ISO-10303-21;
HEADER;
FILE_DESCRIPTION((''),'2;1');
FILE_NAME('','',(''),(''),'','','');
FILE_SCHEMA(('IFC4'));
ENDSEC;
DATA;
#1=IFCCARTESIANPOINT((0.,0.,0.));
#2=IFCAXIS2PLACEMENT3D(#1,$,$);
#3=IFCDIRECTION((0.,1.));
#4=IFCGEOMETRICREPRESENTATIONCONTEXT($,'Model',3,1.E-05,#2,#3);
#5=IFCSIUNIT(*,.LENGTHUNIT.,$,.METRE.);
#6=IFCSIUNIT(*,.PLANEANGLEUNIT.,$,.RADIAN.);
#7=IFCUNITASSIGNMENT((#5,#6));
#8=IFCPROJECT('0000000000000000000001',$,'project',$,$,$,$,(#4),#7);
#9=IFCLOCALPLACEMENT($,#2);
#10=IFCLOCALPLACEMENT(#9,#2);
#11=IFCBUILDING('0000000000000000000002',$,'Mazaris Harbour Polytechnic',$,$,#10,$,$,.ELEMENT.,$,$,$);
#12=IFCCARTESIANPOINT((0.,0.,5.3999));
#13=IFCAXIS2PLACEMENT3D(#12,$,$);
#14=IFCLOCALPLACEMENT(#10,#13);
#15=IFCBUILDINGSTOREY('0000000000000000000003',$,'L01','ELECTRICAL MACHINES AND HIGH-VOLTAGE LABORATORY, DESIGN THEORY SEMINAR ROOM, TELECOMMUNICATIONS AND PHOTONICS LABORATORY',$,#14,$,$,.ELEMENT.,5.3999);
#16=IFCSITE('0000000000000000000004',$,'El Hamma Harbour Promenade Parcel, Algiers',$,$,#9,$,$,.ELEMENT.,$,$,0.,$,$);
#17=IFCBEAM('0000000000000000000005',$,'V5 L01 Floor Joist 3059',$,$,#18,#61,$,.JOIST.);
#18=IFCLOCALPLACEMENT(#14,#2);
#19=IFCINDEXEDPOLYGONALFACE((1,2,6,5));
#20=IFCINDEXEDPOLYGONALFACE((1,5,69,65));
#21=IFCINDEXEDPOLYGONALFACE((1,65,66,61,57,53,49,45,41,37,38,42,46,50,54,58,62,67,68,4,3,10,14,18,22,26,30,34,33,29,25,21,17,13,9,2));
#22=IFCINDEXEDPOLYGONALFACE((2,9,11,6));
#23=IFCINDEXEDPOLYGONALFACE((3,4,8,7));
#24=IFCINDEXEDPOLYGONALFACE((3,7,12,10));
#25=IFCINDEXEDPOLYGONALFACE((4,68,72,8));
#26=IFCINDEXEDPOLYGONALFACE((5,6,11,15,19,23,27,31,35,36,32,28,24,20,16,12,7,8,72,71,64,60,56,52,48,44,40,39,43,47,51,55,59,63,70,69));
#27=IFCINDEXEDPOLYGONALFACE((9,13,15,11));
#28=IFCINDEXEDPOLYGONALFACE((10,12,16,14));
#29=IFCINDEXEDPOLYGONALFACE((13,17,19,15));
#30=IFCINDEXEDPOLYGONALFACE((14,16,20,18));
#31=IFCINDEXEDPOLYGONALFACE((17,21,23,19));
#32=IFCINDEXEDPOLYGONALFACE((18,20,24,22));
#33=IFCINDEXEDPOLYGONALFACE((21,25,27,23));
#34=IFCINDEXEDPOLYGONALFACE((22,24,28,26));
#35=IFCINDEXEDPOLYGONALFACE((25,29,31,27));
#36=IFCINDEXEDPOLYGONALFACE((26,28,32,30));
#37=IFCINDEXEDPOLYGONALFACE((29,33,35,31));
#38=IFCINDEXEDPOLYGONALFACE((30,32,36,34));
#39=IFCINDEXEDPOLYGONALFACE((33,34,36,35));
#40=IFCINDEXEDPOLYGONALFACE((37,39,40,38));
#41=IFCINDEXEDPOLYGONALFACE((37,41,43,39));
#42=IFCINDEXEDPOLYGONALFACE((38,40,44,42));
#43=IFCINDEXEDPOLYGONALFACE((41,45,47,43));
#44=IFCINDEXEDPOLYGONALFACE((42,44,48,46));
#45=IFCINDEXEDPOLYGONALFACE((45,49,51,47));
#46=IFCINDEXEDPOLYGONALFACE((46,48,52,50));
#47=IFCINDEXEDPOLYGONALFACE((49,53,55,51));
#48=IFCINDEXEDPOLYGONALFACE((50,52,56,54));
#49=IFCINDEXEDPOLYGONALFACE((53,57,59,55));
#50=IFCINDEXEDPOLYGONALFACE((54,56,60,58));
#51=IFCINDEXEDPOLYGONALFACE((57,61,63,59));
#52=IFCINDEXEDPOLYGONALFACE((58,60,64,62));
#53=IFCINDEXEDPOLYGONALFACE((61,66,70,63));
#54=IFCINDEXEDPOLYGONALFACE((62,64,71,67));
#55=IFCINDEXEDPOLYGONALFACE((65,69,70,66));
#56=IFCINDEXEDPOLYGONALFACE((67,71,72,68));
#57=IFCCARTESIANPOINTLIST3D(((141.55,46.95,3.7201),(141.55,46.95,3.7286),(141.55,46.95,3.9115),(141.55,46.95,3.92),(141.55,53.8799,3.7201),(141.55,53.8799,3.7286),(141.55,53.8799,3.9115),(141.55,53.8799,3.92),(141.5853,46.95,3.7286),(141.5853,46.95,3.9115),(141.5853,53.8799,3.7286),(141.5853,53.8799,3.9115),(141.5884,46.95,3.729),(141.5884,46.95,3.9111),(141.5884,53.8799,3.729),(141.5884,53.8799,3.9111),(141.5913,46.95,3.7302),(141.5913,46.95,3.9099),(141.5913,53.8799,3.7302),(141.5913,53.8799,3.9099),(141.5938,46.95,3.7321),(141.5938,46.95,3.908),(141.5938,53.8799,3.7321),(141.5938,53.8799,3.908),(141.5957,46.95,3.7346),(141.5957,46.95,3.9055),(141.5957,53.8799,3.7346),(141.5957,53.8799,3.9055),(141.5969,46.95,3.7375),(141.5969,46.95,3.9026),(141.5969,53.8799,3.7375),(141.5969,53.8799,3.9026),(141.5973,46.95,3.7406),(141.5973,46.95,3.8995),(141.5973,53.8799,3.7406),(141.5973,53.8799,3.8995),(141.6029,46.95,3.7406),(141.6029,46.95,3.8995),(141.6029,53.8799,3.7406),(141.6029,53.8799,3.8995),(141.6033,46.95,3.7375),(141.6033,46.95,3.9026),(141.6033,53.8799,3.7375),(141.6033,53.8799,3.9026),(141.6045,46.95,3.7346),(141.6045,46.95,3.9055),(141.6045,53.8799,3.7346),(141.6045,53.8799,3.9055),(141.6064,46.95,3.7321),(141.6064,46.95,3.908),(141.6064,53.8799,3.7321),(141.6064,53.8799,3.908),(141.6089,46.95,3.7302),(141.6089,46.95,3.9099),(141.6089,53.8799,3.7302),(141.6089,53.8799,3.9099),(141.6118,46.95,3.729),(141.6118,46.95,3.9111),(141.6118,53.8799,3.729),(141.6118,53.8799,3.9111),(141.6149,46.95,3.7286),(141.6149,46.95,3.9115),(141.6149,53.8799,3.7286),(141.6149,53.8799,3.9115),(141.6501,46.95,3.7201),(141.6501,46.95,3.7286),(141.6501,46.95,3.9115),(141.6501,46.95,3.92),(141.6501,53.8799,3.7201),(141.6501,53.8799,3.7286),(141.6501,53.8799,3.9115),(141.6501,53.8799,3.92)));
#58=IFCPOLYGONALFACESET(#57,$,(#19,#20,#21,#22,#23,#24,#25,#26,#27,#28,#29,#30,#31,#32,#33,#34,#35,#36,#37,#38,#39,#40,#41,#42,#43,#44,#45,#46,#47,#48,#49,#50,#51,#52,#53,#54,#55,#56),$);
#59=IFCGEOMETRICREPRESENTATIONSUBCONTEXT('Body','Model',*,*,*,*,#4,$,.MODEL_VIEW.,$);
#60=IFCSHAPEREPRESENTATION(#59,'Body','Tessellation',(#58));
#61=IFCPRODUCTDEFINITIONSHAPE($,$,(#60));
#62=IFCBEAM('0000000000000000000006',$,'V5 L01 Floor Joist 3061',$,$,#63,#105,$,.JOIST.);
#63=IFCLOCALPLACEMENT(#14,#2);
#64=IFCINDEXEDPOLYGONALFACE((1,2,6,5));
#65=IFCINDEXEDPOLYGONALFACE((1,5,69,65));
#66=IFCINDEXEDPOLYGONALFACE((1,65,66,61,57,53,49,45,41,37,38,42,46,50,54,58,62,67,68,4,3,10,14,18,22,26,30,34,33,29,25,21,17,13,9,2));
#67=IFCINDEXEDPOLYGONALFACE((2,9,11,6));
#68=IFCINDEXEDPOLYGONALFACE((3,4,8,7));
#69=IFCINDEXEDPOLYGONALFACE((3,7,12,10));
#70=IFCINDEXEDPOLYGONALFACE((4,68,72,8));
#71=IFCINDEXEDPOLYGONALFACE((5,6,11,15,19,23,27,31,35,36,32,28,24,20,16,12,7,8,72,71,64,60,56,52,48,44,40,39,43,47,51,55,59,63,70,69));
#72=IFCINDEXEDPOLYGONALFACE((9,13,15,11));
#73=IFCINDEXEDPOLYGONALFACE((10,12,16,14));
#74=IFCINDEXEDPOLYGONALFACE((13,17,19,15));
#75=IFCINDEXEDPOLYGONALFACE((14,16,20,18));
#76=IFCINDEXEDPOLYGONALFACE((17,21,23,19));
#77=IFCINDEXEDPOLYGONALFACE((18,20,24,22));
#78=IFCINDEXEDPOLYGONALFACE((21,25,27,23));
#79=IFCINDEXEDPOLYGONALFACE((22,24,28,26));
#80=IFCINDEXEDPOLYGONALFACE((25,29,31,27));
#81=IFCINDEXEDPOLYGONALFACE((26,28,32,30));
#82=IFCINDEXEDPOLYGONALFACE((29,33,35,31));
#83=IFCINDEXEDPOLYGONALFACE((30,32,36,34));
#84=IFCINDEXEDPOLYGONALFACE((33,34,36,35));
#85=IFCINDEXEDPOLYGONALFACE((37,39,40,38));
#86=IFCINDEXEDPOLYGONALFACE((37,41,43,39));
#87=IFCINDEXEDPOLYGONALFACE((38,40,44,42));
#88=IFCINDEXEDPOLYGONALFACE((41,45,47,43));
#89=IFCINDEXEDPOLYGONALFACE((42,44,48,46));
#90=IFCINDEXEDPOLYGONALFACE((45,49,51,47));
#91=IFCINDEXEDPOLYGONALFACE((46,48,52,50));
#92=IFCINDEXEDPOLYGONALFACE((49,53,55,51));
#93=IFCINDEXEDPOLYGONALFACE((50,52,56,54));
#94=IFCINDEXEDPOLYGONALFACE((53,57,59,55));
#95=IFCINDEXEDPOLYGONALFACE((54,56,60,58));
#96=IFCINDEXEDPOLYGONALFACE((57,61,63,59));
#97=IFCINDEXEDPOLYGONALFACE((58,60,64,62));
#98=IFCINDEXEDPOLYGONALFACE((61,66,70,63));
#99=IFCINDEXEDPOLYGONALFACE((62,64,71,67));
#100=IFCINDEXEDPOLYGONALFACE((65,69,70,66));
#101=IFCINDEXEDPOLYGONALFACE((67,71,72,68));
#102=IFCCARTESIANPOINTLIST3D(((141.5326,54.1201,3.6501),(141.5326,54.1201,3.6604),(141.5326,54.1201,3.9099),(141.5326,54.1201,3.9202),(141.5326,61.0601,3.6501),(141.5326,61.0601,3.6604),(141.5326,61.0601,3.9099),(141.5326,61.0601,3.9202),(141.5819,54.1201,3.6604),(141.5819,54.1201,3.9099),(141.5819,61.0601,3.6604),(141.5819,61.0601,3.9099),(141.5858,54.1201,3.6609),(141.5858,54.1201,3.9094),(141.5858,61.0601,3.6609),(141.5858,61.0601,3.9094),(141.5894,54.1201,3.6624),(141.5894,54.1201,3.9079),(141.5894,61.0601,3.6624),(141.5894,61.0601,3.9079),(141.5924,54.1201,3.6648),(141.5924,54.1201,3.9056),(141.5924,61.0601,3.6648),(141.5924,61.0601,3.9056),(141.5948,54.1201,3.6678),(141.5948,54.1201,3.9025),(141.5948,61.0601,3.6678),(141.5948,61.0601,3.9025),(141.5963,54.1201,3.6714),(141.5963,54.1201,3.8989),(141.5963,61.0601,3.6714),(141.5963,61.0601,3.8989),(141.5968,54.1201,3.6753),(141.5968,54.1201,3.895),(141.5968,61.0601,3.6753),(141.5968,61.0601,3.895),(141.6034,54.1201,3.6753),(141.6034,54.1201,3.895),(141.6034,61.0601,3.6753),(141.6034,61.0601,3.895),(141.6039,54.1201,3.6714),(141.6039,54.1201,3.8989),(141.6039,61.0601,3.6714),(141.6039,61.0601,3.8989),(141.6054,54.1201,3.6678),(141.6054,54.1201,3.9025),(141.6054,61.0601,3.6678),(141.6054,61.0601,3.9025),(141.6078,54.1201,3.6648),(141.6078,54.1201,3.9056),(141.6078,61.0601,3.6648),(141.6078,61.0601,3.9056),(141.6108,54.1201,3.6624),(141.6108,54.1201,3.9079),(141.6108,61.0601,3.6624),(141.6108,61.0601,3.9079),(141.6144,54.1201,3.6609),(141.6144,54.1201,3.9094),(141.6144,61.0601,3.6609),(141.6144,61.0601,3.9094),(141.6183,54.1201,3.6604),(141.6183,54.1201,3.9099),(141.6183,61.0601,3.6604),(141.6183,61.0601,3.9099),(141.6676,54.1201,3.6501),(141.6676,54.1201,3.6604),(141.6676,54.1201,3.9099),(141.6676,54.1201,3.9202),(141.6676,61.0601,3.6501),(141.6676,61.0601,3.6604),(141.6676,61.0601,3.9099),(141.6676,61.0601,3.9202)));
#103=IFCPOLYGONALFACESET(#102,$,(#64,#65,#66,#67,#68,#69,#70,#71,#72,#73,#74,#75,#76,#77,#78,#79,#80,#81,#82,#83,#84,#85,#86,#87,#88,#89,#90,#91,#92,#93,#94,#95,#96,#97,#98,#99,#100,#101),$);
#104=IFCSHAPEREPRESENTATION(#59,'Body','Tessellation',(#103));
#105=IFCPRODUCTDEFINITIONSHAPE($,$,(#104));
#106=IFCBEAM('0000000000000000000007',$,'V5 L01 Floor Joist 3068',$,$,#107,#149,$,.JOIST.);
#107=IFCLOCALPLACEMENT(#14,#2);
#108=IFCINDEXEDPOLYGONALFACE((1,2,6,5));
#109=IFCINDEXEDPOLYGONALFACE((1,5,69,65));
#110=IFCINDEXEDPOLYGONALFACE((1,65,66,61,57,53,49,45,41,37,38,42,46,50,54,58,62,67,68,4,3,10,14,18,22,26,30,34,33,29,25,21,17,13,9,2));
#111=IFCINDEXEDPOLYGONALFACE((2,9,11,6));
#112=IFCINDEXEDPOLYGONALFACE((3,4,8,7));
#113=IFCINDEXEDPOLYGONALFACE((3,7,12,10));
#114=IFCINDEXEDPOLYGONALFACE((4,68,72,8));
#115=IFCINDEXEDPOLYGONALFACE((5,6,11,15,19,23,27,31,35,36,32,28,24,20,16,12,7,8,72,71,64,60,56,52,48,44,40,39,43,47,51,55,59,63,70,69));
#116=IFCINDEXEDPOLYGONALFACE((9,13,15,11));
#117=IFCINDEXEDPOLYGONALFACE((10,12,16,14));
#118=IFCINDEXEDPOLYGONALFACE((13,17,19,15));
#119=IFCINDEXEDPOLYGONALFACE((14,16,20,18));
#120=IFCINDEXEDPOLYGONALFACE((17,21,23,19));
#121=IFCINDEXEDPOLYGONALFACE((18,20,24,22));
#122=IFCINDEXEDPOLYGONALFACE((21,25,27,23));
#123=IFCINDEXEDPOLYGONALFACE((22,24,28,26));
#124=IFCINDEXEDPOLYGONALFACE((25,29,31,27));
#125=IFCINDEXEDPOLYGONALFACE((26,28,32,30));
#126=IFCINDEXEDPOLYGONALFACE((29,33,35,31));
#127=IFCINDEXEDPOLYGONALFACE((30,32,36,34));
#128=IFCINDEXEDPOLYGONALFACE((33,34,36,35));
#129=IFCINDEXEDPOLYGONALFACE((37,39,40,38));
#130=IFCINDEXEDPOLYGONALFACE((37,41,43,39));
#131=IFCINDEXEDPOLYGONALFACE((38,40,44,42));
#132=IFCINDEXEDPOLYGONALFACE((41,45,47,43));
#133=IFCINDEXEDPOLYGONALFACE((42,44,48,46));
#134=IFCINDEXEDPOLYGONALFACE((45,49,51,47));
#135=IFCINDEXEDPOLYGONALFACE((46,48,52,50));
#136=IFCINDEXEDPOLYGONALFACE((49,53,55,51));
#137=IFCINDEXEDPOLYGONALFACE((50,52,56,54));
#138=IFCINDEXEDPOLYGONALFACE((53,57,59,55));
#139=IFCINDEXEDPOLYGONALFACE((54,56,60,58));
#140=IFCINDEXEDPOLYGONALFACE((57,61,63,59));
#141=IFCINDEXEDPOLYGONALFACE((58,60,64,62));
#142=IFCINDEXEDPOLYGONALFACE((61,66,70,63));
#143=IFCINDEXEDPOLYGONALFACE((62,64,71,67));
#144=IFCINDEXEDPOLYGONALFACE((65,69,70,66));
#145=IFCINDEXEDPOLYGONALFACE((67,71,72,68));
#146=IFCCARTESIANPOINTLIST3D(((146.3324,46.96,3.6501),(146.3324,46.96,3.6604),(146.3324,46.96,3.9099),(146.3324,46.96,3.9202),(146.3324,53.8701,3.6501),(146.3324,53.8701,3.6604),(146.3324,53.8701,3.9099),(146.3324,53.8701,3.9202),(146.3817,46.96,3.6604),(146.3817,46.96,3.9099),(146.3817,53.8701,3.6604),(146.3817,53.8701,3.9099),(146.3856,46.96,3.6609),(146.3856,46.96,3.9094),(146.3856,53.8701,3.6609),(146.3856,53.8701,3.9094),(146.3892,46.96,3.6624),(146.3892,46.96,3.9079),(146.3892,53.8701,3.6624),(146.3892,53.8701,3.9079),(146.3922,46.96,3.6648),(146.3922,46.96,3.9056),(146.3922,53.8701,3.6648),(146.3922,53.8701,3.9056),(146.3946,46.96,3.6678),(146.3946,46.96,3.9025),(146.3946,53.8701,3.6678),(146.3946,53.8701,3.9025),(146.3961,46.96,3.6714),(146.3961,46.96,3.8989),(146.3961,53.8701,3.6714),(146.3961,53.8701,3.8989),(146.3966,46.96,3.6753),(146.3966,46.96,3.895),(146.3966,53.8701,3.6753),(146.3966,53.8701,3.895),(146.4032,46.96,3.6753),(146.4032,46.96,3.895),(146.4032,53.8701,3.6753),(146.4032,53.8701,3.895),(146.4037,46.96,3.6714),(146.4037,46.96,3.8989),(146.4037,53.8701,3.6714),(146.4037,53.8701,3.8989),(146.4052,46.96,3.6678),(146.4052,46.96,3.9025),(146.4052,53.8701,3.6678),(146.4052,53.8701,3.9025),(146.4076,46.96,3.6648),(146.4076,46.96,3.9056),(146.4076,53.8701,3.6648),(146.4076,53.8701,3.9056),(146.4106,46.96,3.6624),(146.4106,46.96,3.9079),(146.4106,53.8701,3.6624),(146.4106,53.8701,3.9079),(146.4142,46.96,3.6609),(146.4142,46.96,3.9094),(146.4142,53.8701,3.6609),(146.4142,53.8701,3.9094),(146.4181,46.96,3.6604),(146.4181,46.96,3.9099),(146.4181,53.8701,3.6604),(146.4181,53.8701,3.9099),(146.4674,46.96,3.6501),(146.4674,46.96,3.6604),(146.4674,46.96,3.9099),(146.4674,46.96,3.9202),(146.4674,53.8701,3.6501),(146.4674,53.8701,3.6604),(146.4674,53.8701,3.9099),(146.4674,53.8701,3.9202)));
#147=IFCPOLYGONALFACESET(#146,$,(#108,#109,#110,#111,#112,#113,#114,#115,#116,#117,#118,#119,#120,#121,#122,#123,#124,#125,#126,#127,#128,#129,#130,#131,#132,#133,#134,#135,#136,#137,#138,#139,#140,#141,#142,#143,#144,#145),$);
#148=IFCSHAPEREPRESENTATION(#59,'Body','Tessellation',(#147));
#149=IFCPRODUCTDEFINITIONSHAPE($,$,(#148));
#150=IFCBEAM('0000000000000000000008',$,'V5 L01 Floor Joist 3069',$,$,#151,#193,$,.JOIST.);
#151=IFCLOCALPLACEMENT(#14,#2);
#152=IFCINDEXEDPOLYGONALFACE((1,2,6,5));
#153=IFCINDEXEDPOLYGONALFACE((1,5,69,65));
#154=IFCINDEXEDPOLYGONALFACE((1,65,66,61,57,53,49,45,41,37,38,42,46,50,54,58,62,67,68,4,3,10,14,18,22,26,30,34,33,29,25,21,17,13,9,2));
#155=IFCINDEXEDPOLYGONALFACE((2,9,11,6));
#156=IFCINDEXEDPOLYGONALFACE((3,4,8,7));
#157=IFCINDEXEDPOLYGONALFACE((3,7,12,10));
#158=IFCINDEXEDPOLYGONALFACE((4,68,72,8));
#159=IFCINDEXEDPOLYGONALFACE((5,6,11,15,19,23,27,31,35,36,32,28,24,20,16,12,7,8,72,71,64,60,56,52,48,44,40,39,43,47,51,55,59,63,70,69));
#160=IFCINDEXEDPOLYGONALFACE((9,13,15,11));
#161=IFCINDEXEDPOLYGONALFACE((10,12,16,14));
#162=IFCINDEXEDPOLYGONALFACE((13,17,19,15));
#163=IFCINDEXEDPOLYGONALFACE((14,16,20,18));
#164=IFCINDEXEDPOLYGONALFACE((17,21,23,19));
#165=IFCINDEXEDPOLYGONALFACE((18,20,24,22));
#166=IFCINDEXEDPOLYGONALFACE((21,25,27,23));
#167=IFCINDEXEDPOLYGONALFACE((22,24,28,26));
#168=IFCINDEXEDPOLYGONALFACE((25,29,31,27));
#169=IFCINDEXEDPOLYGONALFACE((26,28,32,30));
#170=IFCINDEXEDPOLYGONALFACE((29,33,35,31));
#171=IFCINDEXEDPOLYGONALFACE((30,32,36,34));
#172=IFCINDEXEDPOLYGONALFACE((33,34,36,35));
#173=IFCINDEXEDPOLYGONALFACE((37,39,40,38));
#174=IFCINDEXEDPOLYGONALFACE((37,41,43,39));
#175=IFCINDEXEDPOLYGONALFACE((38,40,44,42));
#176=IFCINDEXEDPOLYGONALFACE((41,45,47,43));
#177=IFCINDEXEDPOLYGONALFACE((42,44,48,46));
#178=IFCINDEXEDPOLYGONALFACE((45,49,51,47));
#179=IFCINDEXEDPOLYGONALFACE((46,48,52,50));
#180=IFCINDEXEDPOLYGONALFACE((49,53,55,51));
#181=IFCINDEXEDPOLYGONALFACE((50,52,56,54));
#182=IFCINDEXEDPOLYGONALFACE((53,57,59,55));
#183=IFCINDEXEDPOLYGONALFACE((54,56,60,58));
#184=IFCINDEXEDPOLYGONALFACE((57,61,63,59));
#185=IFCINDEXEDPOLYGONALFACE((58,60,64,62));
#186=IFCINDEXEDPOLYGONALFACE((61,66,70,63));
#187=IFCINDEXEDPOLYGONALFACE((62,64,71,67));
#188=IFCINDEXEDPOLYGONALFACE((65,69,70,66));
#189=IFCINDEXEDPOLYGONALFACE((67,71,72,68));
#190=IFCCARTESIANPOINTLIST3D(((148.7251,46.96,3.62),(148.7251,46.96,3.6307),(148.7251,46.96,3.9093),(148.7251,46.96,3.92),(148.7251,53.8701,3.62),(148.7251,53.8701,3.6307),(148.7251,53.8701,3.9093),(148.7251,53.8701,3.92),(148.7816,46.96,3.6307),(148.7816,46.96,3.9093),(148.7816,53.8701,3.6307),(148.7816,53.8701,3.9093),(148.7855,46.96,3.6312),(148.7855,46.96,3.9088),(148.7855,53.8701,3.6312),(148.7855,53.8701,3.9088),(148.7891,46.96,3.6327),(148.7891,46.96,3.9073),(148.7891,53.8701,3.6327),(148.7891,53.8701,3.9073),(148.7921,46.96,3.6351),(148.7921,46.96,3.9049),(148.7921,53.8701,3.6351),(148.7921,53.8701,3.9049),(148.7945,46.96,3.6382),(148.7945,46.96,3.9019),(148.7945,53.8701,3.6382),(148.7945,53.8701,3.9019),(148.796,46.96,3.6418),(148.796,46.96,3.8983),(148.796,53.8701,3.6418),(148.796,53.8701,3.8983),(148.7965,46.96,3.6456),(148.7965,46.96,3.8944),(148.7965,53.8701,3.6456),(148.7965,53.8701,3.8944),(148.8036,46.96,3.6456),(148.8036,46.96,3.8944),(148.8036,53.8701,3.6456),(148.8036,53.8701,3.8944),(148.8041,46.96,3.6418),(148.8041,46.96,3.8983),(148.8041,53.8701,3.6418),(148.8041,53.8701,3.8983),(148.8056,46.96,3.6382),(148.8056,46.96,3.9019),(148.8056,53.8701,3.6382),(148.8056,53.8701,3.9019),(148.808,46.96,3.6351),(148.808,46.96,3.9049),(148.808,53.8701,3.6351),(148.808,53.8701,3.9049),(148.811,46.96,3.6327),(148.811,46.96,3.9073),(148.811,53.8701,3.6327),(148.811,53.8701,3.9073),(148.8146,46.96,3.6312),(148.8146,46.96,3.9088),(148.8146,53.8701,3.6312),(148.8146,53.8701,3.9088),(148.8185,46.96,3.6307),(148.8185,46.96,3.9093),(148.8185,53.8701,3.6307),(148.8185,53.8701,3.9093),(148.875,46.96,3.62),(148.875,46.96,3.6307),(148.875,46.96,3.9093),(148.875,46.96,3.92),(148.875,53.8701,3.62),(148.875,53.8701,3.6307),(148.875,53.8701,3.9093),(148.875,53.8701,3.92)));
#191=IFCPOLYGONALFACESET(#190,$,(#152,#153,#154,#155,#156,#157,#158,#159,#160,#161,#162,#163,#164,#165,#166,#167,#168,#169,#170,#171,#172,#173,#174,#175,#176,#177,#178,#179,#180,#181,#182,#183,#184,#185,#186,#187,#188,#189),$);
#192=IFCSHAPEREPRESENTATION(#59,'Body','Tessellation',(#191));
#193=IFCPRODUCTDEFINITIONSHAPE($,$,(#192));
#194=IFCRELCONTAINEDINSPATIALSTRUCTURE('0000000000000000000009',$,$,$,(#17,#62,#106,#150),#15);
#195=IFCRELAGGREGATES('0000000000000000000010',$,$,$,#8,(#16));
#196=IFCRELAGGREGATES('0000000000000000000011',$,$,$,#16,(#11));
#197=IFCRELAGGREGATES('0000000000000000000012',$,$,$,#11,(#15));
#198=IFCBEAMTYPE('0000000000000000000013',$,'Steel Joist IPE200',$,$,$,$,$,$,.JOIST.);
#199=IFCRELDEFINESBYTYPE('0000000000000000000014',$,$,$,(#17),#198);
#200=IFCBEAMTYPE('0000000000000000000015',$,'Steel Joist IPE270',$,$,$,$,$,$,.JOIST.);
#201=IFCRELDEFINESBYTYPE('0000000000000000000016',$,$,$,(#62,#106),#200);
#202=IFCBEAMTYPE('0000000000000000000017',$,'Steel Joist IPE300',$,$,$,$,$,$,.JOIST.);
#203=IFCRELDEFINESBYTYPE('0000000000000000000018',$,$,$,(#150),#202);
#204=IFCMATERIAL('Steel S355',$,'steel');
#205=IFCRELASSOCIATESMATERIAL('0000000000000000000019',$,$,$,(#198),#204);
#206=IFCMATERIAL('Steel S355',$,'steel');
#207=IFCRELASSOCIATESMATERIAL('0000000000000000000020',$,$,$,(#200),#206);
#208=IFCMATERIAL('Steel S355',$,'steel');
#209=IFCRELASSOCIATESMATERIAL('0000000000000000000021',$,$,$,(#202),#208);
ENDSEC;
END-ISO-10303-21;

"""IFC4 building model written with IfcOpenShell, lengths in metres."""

from ifc_helpers import new_model, si_unit, direction, frame, origin, origin_2d, place, context, subcontext, project, spatial, i_section, extrude, material, material_profile, profile_set, type_object, element, save


model = new_model("IFC4")

# Units and contexts
model_context = context("Model", 3, precision=1e-05, world=origin(), true_north=direction((0.0, 1.0)))
body_context = subcontext(model_context, "Body", "Model", "MODEL_VIEW")
ifc_project = project(units=[si_unit("LENGTHUNIT", "METRE"), si_unit("PLANEANGLEUNIT", "RADIAN")], contexts=[model_context])

# Site, building, storey
site_placement = place(None, origin())
site = spatial("IfcSite", under=ifc_project, at=site_placement, Name="El Hamma Harbour Promenade Parcel, Algiers", CompositionType="ELEMENT", RefElevation=0.0)
building_placement = place(site_placement, origin())
building = spatial("IfcBuilding", under=site, at=building_placement, Name="Mazaris Harbour Polytechnic", CompositionType="ELEMENT")
storey_placement = place(building_placement, frame((0.0, 0.0, 5.3999)))
storey = spatial("IfcBuildingStorey", under=building, at=storey_placement, Name="L01", Description="ELECTRICAL MACHINES AND HIGH-VOLTAGE LABORATORY, DESIGN THEORY SEMINAR ROOM, TELECOMMUNICATIONS AND PHOTONICS LABORATORY", CompositionType="ELEMENT", Elevation=5.3999)

# Beams
ifc_material_1 = material(Name="Steel S355", Category="steel")
ifc_material_profile_1 = material_profile(ifc_material_1, i_section(OverallWidth=0.1001, OverallDepth=0.2, WebThickness=0.0056, FlangeThickness=0.0085, FilletRadius=0.012, at=origin_2d()), Name="IPE 200")
ifc_profile_set_1 = profile_set([ifc_material_profile_1], Name="Steel S355")
beam_type_1 = type_object("IfcBeamType", Name="Steel Joist IPE200", PredefinedType="JOIST", material=ifc_profile_set_1)
beam_1_placement = place(storey_placement, frame((141.6001, 46.95, 3.8201), z_axis=(0.0, 1.0, 0.0), x_axis=(-1.0, 0.0, 0.0)))
element("IfcBeam", 1, at=beam_1_placement, inside=storey, type_object=beam_type_1, Name="V5 L01 Floor Joist 3059", PredefinedType="JOIST", context=body_context, shape_type="SweptSolid", body=[
    extrude(i_section(OverallWidth=0.1001, OverallDepth=0.2, WebThickness=0.0056, FlangeThickness=0.0085, FilletRadius=0.012, at=origin_2d()), origin(), (0.0, 0.0, 1.0), 6.9299),
])
ifc_material_2 = material(Name="Steel S355", Category="steel")
ifc_material_profile_2 = material_profile(ifc_material_2, i_section(OverallWidth=0.135, OverallDepth=0.27, WebThickness=0.0066, FlangeThickness=0.0103, FilletRadius=0.0149, at=origin_2d()), Name="IPE 270")
ifc_profile_set_2 = profile_set([ifc_material_profile_2], Name="Steel S355")
beam_type_2 = type_object("IfcBeamType", Name="Steel Joist IPE270", PredefinedType="JOIST", material=ifc_profile_set_2)
beam_2_placement = place(storey_placement, frame((141.6001, 54.1201, 3.7852), z_axis=(0.0, 1.0, 0.0), x_axis=(-1.0, 0.0, 0.0)))
element("IfcBeam", 2, at=beam_2_placement, inside=storey, type_object=beam_type_2, Name="V5 L01 Floor Joist 3061", PredefinedType="JOIST", context=body_context, shape_type="SweptSolid", body=[
    extrude(i_section(OverallWidth=0.135, OverallDepth=0.27, WebThickness=0.0066, FlangeThickness=0.0103, FilletRadius=0.0149, at=origin_2d()), origin(), (0.0, 0.0, 1.0), 6.9399),
])
beam_3_placement = place(storey_placement, frame((146.3999, 46.96, 3.7852), z_axis=(0.0, 1.0, 0.0), x_axis=(-1.0, 0.0, 0.0)))
element("IfcBeam", 3, at=beam_3_placement, inside=storey, type_object=beam_type_2, Name="V5 L01 Floor Joist 3068", PredefinedType="JOIST", context=body_context, shape_type="SweptSolid", body=[
    extrude(i_section(OverallWidth=0.135, OverallDepth=0.27, WebThickness=0.0066, FlangeThickness=0.0103, FilletRadius=0.0149, at=origin_2d()), origin(), (0.0, 0.0, 1.0), 6.9102),
])
ifc_material_3 = material(Name="Steel S355", Category="steel")
ifc_material_profile_3 = material_profile(ifc_material_3, i_section(OverallWidth=0.1499, OverallDepth=0.3, WebThickness=0.0071, FlangeThickness=0.0107, FilletRadius=0.0149, at=origin_2d()), Name="IPE 300")
ifc_profile_set_3 = profile_set([ifc_material_profile_3], Name="Steel S355")
beam_type_3 = type_object("IfcBeamType", Name="Steel Joist IPE300", PredefinedType="JOIST", material=ifc_profile_set_3)
beam_4_placement = place(storey_placement, frame((148.8, 46.96, 3.77), z_axis=(0.0, 1.0, 0.0), x_axis=(-1.0, 0.0, 0.0)))
element("IfcBeam", 4, at=beam_4_placement, inside=storey, type_object=beam_type_3, Name="V5 L01 Floor Joist 3069", PredefinedType="JOIST", context=body_context, shape_type="SweptSolid", body=[
    extrude(i_section(OverallWidth=0.1499, OverallDepth=0.3, WebThickness=0.0071, FlangeThickness=0.0107, FilletRadius=0.0149, at=origin_2d()), origin(), (0.0, 0.0, 1.0), 6.9102),
])

save(model, "model.ifc")
